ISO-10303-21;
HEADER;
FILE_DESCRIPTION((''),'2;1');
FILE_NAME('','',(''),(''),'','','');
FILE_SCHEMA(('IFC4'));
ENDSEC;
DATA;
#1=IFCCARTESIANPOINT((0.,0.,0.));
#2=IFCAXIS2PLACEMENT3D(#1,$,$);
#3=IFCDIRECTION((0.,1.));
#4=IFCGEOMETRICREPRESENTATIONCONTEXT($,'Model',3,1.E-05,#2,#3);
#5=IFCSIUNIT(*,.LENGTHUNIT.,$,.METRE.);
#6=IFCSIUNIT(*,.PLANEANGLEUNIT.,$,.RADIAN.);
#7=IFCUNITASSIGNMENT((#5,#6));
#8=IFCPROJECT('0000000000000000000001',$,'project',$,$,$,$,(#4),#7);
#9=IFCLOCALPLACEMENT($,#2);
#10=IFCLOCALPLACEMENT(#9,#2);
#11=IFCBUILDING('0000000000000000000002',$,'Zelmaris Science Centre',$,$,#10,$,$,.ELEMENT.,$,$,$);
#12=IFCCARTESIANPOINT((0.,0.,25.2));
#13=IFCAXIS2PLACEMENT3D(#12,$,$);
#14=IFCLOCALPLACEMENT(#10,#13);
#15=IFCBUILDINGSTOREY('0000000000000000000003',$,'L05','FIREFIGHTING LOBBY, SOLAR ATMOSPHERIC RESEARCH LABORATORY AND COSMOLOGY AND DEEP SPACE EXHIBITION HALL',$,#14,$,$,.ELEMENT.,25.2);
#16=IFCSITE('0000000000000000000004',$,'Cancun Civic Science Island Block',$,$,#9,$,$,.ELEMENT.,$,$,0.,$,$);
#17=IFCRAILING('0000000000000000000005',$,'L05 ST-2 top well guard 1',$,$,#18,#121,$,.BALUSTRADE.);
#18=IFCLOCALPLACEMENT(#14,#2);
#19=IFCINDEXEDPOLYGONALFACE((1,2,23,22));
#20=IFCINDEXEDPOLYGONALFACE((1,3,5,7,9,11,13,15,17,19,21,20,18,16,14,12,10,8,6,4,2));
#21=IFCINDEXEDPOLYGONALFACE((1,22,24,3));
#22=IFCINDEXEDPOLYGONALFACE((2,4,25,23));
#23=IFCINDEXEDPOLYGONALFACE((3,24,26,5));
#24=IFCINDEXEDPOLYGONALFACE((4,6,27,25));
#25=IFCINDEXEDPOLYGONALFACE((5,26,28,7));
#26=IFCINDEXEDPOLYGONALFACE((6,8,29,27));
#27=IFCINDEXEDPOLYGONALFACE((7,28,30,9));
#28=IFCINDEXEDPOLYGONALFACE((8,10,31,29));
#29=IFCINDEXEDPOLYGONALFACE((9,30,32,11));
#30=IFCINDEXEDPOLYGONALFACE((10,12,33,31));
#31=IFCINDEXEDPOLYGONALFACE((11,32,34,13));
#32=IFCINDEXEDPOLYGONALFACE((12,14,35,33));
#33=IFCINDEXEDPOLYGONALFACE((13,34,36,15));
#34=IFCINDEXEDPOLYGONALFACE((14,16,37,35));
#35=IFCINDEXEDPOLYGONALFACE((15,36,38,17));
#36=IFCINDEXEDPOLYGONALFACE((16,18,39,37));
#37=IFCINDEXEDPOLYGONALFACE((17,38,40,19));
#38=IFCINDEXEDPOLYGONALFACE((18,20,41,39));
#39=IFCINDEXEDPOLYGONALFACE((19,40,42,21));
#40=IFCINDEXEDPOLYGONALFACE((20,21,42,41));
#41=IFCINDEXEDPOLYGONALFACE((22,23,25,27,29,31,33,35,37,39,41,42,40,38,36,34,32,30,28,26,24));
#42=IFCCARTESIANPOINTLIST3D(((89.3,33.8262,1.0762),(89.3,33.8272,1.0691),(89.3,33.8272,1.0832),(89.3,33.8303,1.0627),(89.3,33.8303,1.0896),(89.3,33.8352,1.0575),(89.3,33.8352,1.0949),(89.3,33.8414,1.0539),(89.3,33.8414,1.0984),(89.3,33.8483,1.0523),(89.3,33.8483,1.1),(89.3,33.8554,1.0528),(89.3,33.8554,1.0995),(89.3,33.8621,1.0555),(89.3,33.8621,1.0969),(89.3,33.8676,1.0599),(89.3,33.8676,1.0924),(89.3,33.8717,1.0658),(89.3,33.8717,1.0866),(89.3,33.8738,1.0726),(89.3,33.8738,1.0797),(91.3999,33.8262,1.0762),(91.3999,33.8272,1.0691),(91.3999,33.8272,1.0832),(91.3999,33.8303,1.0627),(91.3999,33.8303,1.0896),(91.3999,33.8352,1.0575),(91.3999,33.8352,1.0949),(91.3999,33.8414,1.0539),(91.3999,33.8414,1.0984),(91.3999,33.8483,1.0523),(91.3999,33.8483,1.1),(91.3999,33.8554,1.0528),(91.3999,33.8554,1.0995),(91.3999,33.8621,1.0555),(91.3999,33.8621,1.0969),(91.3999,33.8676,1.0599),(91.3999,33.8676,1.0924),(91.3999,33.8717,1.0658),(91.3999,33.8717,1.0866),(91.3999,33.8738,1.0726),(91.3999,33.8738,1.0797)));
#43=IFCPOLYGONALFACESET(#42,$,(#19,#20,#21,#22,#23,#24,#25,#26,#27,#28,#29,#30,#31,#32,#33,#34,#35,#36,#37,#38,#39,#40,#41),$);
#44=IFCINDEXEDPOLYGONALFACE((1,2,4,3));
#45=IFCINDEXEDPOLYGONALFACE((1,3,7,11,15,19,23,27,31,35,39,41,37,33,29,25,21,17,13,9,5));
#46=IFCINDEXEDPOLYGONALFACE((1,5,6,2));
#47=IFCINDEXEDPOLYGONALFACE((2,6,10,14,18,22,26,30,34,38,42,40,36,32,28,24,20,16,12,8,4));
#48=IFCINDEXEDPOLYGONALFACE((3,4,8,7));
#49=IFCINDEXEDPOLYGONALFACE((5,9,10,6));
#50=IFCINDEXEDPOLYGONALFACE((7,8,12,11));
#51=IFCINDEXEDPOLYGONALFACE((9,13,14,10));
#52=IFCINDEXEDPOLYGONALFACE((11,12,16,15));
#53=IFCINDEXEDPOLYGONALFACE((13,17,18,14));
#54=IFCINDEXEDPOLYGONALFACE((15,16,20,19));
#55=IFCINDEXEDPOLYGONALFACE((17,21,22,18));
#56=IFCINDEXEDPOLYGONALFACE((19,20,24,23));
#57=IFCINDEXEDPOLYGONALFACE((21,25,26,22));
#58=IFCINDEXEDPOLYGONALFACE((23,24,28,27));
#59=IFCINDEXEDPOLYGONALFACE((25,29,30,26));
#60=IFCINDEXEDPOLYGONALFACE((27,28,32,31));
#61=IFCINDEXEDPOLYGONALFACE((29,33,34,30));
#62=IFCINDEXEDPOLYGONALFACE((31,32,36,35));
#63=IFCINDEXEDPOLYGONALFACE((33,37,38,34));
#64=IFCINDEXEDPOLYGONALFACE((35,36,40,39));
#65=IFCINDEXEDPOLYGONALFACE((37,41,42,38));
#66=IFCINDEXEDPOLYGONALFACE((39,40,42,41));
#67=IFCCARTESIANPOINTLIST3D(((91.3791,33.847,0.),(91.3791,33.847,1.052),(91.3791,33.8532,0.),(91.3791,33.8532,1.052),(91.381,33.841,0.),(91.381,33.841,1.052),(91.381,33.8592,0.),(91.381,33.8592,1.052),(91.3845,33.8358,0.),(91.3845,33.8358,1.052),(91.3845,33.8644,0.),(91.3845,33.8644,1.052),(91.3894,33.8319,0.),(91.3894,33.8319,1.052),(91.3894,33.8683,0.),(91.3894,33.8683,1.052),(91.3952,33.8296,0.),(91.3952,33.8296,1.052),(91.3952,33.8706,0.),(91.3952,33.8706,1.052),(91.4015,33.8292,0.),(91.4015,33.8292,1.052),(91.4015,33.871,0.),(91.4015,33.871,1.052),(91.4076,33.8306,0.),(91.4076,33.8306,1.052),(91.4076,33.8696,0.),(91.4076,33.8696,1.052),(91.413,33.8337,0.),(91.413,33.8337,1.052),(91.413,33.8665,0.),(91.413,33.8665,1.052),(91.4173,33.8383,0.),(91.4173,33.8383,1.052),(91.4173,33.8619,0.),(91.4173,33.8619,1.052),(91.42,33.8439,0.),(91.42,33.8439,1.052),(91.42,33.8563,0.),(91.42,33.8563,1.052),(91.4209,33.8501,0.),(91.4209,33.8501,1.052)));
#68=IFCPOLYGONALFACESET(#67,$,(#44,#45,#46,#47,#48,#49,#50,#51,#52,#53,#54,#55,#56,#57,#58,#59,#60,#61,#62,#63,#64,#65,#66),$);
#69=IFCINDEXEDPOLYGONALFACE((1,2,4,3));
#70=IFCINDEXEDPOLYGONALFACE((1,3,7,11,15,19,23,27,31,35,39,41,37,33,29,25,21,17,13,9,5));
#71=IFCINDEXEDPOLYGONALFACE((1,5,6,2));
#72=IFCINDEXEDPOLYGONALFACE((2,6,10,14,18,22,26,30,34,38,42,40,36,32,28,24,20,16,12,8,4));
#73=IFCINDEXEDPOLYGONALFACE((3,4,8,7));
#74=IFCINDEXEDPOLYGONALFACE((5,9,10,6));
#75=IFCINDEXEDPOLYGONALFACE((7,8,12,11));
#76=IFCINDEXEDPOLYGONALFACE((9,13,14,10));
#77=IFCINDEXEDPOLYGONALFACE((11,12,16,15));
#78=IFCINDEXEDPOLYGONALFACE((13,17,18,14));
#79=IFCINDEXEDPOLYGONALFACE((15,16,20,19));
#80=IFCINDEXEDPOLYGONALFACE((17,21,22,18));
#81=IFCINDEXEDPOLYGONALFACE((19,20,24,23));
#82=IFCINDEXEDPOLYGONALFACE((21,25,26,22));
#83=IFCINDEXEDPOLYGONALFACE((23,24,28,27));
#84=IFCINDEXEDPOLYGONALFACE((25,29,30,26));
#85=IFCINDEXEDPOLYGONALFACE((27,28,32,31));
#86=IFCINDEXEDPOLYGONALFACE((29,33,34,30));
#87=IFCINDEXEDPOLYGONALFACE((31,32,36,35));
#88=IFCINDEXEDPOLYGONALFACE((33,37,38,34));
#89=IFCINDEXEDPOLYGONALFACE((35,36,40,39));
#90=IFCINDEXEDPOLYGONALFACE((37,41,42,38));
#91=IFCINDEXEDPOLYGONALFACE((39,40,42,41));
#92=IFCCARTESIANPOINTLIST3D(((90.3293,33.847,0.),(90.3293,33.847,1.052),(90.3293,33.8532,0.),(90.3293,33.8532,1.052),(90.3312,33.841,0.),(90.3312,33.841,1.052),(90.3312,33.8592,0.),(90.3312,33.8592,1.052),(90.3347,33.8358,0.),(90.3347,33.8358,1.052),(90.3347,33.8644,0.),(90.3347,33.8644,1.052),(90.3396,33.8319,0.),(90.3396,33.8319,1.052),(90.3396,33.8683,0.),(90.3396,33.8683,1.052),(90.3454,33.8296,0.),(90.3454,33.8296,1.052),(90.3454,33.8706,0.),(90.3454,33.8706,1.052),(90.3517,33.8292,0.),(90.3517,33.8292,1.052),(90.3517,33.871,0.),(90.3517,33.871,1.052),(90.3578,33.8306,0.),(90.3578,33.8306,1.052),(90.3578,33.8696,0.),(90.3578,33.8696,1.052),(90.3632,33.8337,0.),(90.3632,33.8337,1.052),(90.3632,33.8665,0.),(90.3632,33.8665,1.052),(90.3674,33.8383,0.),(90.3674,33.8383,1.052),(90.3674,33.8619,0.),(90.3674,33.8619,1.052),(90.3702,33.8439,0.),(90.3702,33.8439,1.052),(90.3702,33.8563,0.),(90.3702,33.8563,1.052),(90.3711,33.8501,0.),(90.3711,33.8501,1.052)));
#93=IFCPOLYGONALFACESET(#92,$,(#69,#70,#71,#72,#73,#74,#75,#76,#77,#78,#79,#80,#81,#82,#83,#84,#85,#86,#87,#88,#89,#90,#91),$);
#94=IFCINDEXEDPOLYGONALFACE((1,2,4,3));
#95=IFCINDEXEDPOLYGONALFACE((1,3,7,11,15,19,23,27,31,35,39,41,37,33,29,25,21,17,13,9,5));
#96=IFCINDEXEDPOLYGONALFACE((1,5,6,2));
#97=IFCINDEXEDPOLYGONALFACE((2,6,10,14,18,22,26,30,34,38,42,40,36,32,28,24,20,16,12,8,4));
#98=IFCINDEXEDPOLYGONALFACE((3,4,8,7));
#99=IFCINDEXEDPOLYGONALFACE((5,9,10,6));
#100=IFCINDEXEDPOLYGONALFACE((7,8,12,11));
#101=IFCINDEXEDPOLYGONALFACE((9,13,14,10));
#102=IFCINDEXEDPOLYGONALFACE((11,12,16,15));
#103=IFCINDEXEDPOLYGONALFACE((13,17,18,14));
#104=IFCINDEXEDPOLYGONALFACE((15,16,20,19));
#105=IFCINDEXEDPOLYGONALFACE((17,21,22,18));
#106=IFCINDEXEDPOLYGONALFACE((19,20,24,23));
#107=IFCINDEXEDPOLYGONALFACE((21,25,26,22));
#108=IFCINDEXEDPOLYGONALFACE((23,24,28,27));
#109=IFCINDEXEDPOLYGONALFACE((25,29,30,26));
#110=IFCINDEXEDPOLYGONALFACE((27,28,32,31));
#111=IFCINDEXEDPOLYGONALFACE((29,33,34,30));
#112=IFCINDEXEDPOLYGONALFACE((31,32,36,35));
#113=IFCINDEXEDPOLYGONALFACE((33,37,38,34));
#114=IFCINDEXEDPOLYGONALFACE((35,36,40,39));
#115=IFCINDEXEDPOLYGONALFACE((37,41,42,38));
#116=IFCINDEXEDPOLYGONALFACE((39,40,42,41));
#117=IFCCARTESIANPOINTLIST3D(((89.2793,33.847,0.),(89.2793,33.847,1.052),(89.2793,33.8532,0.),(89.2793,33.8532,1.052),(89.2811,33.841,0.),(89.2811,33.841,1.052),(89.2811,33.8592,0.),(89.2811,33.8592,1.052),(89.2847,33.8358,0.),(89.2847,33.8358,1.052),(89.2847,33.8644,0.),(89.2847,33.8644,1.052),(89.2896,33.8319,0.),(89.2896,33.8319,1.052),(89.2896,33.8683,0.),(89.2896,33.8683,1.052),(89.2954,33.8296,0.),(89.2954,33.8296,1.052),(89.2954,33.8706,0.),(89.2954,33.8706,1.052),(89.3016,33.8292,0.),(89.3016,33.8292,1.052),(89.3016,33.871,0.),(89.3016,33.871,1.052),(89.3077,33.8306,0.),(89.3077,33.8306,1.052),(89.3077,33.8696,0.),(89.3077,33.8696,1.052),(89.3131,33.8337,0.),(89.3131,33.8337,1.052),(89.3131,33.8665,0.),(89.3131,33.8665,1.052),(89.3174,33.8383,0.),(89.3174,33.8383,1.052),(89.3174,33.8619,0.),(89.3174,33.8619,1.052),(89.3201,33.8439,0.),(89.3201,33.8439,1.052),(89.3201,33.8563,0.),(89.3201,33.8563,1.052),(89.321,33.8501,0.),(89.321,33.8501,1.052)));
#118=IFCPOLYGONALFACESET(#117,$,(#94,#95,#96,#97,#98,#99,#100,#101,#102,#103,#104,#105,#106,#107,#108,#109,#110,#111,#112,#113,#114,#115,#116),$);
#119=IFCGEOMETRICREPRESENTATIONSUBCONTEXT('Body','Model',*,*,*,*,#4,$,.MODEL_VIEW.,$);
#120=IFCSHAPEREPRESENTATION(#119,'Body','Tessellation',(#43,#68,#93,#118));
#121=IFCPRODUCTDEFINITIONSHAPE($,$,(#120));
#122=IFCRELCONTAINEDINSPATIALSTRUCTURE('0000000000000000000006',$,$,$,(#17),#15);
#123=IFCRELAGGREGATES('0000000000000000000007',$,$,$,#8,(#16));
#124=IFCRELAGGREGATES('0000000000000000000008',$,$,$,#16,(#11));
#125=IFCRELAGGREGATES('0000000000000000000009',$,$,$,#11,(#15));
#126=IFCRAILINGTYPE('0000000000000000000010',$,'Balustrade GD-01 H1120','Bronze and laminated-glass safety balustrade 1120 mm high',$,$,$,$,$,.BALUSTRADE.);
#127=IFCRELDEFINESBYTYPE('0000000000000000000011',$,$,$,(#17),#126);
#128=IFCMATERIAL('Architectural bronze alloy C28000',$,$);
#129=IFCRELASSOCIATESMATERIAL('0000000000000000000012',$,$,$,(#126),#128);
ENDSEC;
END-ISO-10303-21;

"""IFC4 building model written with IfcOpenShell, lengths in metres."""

from ifc_helpers import new_model, si_unit, direction, frame, origin, origin_2d, place, context, subcontext, project, spatial, circle, extrude, material, type_object, element, save


model = new_model("IFC4")

# Units and contexts
model_context = context("Model", 3, precision=1e-05, world=origin(), true_north=direction((0.0, 1.0)))
body_context = subcontext(model_context, "Body", "Model", "MODEL_VIEW")
ifc_project = project(units=[si_unit("LENGTHUNIT", "METRE"), si_unit("PLANEANGLEUNIT", "RADIAN")], contexts=[model_context])

# Site, building, storey
site_placement = place(None, origin())
site = spatial("IfcSite", under=ifc_project, at=site_placement, Name="Cancun Civic Science Island Block", CompositionType="ELEMENT", RefElevation=0.0)
building_placement = place(site_placement, origin())
building = spatial("IfcBuilding", under=site, at=building_placement, Name="Zelmaris Science Centre", CompositionType="ELEMENT")
storey_placement = place(building_placement, frame((0.0, 0.0, 25.2)))
storey = spatial("IfcBuildingStorey", under=building, at=storey_placement, Name="L05", Description="FIREFIGHTING LOBBY, SOLAR ATMOSPHERIC RESEARCH LABORATORY AND COSMOLOGY AND DEEP SPACE EXHIBITION HALL", CompositionType="ELEMENT", Elevation=25.2)

# Railing
ifc_material_1 = material(Name="Architectural bronze alloy C28000")
railing_type = type_object("IfcRailingType", Name="Balustrade GD-01 H1120", Description="Bronze and laminated-glass safety balustrade 1120 mm high", PredefinedType="BALUSTRADE", material=ifc_material_1)
railing_placement = place(storey_placement, frame((91.3999, 33.8501, 0.0)))
element("IfcRailing", 1, at=railing_placement, inside=storey, type_object=railing_type, Name="L05 ST-2 top well guard 1", PredefinedType="BALUSTRADE", context=body_context, shape_type="SweptSolid", body=[
    extrude(circle(Radius=0.0239, at=origin_2d()), frame((0.0, 0.0, 1.0762), z_axis=(-1.0, 0.0, 0.0), x_axis=(0.0, -1.0, 0.0)), (0.0, 0.0, 1.0), 2.0999),
    extrude(circle(Radius=0.021, at=origin_2d()), origin(), (0.0, 0.0, 1.0), 1.052),
    extrude(circle(Radius=0.021, at=origin_2d()), frame((-1.0498, 0.0, 0.0)), (0.0, 0.0, 1.0), 1.052),
    extrude(circle(Radius=0.021, at=origin_2d()), frame((-2.0999, 0.0, 0.0)), (0.0, 0.0, 1.0), 1.052),
])

save(model, "model.ifc")
